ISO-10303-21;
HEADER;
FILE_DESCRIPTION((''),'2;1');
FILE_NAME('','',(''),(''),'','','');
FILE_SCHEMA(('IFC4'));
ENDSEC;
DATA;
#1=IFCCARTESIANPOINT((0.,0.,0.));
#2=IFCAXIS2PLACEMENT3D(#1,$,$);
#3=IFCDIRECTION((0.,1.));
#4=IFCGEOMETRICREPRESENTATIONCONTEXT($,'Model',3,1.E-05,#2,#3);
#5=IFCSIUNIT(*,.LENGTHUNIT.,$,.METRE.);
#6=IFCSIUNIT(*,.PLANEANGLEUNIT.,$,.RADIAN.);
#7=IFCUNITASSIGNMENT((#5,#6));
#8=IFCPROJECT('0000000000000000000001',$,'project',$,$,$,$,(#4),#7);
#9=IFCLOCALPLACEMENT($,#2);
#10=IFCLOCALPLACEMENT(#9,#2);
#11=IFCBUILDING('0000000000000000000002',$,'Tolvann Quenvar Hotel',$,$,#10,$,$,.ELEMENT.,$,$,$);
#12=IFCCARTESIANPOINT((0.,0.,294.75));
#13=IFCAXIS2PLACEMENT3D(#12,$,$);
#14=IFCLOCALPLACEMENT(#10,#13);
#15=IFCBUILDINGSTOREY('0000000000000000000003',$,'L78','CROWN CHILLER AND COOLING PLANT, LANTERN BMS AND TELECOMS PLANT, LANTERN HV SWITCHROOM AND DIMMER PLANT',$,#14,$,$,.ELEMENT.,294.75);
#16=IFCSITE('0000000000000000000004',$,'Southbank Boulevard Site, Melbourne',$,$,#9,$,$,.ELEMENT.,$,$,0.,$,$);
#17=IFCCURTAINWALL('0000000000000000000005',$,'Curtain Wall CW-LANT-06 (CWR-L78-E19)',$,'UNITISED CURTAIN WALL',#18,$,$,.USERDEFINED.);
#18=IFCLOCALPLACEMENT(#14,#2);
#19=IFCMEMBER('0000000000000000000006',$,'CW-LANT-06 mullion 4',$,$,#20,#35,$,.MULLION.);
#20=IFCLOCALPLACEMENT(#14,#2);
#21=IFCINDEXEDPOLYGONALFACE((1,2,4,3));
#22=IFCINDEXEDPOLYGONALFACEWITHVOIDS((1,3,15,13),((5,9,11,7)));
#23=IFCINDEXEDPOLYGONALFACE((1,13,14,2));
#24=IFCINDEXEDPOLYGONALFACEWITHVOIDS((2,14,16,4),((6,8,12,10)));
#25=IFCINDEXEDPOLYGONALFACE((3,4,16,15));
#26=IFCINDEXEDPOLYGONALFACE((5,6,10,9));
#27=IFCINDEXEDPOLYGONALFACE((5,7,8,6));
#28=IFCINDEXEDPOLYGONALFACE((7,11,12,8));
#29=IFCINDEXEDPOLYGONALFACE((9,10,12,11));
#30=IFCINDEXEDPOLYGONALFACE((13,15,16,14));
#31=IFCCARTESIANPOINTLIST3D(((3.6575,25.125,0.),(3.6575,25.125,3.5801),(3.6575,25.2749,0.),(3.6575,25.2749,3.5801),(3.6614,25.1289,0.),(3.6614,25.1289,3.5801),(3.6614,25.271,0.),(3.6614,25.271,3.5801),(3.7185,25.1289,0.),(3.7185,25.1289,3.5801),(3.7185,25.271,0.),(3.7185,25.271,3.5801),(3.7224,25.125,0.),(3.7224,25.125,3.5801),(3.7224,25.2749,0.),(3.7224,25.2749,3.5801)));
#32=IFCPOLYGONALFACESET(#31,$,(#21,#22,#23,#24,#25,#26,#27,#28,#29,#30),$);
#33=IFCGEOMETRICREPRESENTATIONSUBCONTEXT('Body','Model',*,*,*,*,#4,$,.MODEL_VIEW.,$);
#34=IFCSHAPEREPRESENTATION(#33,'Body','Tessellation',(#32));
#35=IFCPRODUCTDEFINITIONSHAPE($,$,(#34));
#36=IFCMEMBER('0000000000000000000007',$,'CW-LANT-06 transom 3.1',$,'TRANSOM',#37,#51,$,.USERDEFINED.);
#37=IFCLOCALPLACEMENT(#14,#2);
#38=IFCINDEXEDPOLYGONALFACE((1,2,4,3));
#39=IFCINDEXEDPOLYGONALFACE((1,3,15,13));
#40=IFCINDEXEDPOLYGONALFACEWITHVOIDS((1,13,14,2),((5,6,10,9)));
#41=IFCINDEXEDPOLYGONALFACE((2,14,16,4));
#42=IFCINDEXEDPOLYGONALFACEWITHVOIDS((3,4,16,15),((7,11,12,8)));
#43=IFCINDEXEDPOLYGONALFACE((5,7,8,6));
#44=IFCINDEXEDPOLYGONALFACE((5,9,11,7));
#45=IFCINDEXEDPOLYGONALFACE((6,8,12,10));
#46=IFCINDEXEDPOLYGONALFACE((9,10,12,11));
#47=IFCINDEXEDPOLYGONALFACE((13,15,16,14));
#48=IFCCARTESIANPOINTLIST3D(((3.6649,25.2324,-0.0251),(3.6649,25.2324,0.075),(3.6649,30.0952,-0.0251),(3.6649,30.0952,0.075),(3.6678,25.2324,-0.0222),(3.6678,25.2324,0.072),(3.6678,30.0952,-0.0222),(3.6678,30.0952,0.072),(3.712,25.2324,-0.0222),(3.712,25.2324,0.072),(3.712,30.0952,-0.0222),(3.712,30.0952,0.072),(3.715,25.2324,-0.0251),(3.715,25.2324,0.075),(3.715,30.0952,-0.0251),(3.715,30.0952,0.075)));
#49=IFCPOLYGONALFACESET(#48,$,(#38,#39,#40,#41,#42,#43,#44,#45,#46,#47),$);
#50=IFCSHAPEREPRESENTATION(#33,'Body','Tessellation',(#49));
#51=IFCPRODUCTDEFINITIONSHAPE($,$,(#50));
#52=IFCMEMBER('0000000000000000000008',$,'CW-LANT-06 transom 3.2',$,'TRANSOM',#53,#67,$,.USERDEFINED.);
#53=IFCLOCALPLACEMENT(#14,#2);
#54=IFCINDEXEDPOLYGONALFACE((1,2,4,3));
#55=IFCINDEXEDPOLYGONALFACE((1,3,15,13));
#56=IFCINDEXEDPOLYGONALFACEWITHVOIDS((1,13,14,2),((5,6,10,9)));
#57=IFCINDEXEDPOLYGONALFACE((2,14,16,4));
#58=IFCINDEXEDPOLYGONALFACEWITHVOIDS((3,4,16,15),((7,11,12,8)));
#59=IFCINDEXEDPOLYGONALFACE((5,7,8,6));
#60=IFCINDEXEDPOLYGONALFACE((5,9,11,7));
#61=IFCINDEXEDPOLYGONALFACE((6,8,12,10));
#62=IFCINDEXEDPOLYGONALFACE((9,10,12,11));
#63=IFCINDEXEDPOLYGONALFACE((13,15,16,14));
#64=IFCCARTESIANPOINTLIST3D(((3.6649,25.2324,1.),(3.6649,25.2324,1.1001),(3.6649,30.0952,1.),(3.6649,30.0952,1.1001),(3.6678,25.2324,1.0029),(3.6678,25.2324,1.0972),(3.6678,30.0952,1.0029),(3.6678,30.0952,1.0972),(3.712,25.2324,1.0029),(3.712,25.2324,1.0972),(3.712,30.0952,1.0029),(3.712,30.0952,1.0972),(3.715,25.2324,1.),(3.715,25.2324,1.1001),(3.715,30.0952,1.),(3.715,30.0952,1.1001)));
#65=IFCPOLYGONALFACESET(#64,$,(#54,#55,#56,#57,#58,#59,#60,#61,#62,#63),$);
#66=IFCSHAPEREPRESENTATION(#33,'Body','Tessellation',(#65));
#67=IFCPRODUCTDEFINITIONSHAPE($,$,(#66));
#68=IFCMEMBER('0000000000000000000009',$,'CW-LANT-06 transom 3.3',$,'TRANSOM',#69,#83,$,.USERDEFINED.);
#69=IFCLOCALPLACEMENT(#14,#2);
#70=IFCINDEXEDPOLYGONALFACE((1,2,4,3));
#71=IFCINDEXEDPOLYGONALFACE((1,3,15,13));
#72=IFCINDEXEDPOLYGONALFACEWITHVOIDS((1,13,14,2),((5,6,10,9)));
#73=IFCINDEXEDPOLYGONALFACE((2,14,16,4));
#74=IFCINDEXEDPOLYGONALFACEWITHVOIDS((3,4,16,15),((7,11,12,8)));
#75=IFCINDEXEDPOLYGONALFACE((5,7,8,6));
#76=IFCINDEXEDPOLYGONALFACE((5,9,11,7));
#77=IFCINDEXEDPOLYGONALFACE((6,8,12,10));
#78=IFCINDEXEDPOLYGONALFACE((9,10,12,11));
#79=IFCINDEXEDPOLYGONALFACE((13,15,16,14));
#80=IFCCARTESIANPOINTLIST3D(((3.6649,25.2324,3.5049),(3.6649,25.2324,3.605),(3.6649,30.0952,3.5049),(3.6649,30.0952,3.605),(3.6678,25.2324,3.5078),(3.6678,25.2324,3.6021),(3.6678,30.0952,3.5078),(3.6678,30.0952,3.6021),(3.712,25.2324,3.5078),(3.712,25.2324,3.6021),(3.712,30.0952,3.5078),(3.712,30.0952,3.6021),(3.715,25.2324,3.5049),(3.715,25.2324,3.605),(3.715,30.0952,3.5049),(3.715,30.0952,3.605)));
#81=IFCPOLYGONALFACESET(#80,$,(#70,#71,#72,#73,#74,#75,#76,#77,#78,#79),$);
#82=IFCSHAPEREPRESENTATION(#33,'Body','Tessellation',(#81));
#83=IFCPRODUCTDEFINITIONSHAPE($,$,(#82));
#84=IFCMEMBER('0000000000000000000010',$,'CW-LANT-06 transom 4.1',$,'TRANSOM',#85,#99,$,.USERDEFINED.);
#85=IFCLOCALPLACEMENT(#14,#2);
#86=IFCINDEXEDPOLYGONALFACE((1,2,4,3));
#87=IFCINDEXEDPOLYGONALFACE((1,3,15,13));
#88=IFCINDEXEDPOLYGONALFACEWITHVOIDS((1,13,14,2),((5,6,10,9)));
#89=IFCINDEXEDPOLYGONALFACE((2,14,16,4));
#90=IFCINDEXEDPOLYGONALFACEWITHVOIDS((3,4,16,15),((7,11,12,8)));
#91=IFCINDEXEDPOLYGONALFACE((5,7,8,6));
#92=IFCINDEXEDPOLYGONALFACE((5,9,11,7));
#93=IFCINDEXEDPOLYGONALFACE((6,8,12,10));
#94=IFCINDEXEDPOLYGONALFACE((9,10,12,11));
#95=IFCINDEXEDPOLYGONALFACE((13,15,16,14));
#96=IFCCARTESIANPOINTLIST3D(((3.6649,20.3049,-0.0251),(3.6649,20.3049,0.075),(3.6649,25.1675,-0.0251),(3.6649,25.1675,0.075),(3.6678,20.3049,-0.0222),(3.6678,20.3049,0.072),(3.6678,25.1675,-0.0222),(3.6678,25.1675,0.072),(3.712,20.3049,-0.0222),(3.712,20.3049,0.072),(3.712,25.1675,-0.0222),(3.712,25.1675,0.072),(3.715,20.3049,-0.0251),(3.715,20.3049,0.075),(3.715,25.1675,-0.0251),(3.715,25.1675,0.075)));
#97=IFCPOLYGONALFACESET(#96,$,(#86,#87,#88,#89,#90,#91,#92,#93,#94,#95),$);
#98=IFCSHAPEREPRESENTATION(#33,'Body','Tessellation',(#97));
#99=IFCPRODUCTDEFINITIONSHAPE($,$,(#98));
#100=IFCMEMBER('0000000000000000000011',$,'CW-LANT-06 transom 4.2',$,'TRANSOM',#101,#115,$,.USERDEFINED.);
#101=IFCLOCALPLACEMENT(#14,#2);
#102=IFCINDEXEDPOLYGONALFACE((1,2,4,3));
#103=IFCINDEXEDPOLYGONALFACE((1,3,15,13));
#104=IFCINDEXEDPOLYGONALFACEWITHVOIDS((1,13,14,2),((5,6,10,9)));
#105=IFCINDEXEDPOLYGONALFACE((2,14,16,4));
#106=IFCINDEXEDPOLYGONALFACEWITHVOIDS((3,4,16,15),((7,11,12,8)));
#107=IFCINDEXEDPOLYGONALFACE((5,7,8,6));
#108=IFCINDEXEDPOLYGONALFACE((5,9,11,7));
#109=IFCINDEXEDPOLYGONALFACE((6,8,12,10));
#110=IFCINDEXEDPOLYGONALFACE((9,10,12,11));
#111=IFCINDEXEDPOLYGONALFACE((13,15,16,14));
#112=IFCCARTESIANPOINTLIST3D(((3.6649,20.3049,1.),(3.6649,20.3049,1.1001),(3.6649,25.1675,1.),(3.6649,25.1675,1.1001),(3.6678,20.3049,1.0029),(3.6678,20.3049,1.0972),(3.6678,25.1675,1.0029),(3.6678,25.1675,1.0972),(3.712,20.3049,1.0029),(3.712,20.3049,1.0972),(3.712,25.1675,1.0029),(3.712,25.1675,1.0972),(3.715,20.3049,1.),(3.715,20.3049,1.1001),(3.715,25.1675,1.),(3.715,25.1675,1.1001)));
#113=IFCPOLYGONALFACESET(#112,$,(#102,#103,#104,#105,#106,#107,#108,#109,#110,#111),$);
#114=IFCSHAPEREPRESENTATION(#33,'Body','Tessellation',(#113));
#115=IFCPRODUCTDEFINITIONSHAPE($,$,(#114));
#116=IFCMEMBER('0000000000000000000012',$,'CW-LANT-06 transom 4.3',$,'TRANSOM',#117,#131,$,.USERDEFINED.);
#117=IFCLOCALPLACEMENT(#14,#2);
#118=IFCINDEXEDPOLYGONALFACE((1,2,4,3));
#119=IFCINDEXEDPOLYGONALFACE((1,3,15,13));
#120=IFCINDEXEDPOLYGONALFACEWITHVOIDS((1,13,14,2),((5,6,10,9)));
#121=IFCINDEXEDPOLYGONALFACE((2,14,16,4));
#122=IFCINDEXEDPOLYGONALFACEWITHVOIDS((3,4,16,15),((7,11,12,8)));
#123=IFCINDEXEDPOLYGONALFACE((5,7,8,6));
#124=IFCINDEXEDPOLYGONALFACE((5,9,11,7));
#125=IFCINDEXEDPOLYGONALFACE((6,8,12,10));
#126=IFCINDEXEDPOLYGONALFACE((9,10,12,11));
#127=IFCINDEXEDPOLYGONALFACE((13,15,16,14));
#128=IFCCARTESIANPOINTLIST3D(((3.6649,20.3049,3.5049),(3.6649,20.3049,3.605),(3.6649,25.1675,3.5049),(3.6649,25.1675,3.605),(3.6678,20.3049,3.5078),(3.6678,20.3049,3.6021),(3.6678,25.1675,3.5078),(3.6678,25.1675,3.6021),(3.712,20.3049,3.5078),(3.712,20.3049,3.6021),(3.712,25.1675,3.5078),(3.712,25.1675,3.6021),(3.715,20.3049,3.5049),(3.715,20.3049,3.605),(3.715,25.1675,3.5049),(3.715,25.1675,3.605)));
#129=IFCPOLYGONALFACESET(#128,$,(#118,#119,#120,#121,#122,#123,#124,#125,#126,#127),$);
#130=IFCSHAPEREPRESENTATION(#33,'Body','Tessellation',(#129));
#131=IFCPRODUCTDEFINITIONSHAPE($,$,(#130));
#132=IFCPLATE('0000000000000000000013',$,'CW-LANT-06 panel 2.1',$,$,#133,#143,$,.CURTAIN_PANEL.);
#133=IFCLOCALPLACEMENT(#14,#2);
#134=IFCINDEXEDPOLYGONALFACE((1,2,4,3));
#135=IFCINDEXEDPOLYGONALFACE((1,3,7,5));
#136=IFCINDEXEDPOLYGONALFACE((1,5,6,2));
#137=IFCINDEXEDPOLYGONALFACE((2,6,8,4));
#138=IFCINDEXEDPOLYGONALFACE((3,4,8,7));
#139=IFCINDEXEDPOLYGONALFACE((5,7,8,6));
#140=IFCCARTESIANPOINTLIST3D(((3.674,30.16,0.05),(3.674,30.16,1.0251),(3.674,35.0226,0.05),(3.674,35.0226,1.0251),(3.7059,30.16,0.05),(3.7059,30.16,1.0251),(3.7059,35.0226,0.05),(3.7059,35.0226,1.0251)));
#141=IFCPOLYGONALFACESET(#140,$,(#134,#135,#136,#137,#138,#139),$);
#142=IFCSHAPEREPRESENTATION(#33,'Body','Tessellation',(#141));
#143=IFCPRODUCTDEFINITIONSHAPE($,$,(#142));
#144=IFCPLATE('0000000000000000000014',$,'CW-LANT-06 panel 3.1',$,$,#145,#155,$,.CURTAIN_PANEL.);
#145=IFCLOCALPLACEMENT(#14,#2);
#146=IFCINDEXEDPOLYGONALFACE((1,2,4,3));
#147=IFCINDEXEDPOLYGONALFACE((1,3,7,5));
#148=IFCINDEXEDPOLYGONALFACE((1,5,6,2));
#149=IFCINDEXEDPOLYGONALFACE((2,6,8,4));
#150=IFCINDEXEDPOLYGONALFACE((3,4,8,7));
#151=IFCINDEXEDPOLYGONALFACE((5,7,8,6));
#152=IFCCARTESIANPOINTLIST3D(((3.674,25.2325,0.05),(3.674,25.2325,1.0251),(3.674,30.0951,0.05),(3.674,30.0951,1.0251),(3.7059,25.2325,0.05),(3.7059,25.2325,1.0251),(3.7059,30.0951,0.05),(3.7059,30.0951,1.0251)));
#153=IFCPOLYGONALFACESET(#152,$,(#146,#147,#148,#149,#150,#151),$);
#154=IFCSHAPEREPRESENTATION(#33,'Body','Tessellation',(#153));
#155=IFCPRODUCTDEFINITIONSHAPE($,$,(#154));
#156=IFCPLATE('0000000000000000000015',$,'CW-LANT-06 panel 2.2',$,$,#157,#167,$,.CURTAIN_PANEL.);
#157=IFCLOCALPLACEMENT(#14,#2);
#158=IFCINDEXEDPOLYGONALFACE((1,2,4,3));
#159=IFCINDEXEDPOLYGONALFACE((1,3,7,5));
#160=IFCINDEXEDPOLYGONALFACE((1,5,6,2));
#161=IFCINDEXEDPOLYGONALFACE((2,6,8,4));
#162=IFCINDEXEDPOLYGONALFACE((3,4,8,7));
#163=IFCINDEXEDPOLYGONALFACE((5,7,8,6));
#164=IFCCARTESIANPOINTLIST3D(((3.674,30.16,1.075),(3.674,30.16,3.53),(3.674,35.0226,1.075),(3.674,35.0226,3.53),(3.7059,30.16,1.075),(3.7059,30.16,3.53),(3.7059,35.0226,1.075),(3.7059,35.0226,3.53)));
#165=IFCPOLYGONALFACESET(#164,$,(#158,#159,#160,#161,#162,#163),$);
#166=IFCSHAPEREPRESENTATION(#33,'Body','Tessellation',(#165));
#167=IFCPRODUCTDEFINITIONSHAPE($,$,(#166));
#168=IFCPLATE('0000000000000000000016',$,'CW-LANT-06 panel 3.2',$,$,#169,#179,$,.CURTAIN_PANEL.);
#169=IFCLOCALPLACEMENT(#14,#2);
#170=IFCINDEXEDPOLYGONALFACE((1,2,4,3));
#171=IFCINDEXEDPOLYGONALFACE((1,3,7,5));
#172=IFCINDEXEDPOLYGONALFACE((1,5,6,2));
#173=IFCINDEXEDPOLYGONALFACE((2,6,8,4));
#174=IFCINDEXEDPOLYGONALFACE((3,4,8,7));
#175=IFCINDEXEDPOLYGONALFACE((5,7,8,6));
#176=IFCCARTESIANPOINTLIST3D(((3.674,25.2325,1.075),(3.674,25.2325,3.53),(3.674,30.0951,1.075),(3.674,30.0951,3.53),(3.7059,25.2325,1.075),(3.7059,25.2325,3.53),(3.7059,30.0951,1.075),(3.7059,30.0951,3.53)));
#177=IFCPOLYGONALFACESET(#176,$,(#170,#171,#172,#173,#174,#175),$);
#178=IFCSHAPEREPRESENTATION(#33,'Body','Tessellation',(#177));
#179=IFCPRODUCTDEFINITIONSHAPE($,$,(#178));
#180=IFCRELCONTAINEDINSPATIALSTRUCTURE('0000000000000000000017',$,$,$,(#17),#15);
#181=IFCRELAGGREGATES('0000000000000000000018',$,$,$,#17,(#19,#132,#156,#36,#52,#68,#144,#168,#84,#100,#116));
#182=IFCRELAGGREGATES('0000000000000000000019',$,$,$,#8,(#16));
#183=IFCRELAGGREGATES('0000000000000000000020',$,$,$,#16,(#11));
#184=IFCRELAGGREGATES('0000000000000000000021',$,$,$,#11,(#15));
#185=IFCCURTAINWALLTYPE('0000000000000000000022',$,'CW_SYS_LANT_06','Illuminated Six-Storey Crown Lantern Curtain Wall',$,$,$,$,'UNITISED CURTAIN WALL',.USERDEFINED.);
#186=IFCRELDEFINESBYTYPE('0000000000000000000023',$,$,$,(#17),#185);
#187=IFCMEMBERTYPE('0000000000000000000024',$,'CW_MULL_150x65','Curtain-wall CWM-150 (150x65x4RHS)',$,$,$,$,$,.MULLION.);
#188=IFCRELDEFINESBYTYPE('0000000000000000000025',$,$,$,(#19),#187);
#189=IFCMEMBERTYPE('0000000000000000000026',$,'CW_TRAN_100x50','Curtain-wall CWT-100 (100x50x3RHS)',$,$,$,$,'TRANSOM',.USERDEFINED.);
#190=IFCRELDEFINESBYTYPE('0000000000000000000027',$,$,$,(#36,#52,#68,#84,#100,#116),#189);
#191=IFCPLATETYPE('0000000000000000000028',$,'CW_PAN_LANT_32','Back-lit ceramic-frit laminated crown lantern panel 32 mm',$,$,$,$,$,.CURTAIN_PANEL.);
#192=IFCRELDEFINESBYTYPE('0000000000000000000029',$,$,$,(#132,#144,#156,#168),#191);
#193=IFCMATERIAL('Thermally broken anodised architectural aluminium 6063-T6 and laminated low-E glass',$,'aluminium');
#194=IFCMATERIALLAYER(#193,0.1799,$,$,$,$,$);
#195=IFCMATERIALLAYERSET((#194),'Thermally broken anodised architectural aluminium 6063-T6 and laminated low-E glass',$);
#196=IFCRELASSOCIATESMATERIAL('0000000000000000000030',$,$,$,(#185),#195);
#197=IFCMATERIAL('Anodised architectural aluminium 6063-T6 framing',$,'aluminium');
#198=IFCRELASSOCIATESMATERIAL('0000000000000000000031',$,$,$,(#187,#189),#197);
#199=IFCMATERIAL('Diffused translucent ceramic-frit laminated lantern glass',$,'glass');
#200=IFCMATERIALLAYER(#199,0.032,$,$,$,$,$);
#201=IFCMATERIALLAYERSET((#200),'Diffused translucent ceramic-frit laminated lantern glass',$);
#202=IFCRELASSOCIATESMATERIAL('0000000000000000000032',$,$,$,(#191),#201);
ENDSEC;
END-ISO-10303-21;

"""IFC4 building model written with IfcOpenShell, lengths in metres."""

from ifc_helpers import new_model, si_unit, direction, frame, origin, origin_2d, place, context, subcontext, project, spatial, rectangle, hollow_rectangle, extrude, source, transform, mapped, material, layer, layer_set, material_profile, profile_set, type_object, type_shapes, element, aggregate, save


model = new_model("IFC4")

# Units and contexts
model_context = context("Model", 3, precision=1e-05, world=origin(), true_north=direction((0.0, 1.0)))
body_context = subcontext(model_context, "Body", "Model", "MODEL_VIEW")
ifc_project = project(units=[si_unit("LENGTHUNIT", "METRE"), si_unit("PLANEANGLEUNIT", "RADIAN")], contexts=[model_context])

# Site, building, storey
site_placement = place(None, origin())
site = spatial("IfcSite", under=ifc_project, at=site_placement, Name="Southbank Boulevard Site, Melbourne", CompositionType="ELEMENT", RefElevation=0.0)
building_placement = place(site_placement, origin())
building = spatial("IfcBuilding", under=site, at=building_placement, Name="Tolvann Quenvar Hotel", CompositionType="ELEMENT")
storey_placement = place(building_placement, frame((0.0, 0.0, 294.75)))
storey = spatial("IfcBuildingStorey", under=building, at=storey_placement, Name="L78", Description="CROWN CHILLER AND COOLING PLANT, LANTERN BMS AND TELECOMS PLANT, LANTERN HV SWITCHROOM AND DIMMER PLANT", CompositionType="ELEMENT", Elevation=294.75)

# Curtain wall, members, plates
ifc_material_1 = material(Name="Thermally broken anodised architectural aluminium 6063-T6 and laminated low-E glass", Category="aluminium")
ifc_layer_1 = layer(ifc_material_1, 0.1799)
ifc_layer_set_1 = layer_set([ifc_layer_1], Name="Thermally broken anodised architectural aluminium 6063-T6 and laminated low-E glass")
curtain_wall_type = type_object("IfcCurtainWallType", Name="CW_SYS_LANT_06", Description="Illuminated Six-Storey Crown Lantern Curtain Wall", ElementType="UNITISED CURTAIN WALL", PredefinedType="USERDEFINED", material=ifc_layer_set_1)
curtain_wall_placement = place(storey_placement, origin())
curtain_wall = element("IfcCurtainWall", 1, at=curtain_wall_placement, inside=storey, type_object=curtain_wall_type, Name="Curtain Wall CW-LANT-06 (CWR-L78-E19)", ObjectType="UNITISED CURTAIN WALL", PredefinedType="USERDEFINED")
ifc_material_2 = material(Name="Anodised architectural aluminium 6063-T6 framing", Category="aluminium")
ifc_material_profile_1 = material_profile(ifc_material_2, hollow_rectangle(XDim=0.0649, YDim=0.1499, WallThickness=0.0039, at=origin_2d()), Name="150x65x4RHS")
ifc_profile_set_1 = profile_set([ifc_material_profile_1], Name="Anodised architectural aluminium 6063-T6 framing")
member_type_1 = type_object("IfcMemberType", Name="CW_MULL_150x65", Description="Curtain-wall CWM-150 (150x65x4RHS)", PredefinedType="MULLION", material=ifc_profile_set_1)
shared_shape_1 = source(origin(), body_context, "Body", "SweptSolid", [
    extrude(hollow_rectangle(XDim=0.0649, YDim=0.1499, WallThickness=0.0039, at=origin_2d()), origin(), (0.0, 0.0, 1.0), 3.5801),
])
type_shapes(member_type_1, [shared_shape_1])
member_1_placement = place(storey_placement, frame((3.6899, 25.2, 0.0), z_axis=(0.0, 0.0, 1.0), x_axis=(1.0, 0.0, 0.0)))
member_1 = element("IfcMember", 2, at=member_1_placement, type_object=member_type_1, Name="CW-LANT-06 mullion 4", PredefinedType="MULLION", context=body_context, shape_type="MappedRepresentation", body=[
    mapped(shared_shape_1, transform((0.0, 0.0, 0.0), x_axis=(1.0, 0.0, 0.0), y_axis=(0.0, 1.0, 0.0), z_axis=(0.0, 0.0, 1.0), scale=1.0)),
])
ifc_material_profile_2 = material_profile(ifc_material_2, hollow_rectangle(XDim=0.05, YDim=0.1001, WallThickness=0.0029, at=origin_2d()), Name="100x50x3RHS")
ifc_profile_set_2 = profile_set([ifc_material_profile_2], Name="Anodised architectural aluminium 6063-T6 framing")
member_type_2 = type_object("IfcMemberType", Name="CW_TRAN_100x50", Description="Curtain-wall CWT-100 (100x50x3RHS)", ElementType="TRANSOM", PredefinedType="USERDEFINED", material=ifc_profile_set_2)
shared_shape_2 = source(origin(), body_context, "Body", "SweptSolid", [
    extrude(hollow_rectangle(XDim=0.05, YDim=0.1001, WallThickness=0.0029, at=origin_2d()), origin(), (0.0, 0.0, 1.0), 4.8628),
])
member_2_placement = place(storey_placement, frame((3.6899, 30.0952, 0.0249), z_axis=(0.0, -1.0, 0.0), x_axis=(1.0, 0.0, 0.0)))
member_2 = element("IfcMember", 3, at=member_2_placement, type_object=member_type_2, Name="CW-LANT-06 transom 3.1", ObjectType="TRANSOM", PredefinedType="USERDEFINED", context=body_context, shape_type="MappedRepresentation", body=[
    mapped(shared_shape_2, transform((0.0, 0.0, 0.0), x_axis=(1.0, 0.0, 0.0), y_axis=(0.0, 1.0, 0.0), z_axis=(0.0, 0.0, 1.0), scale=1.0)),
])
member_3_placement = place(storey_placement, frame((3.6899, 30.0952, 1.05), z_axis=(0.0, -1.0, 0.0), x_axis=(1.0, 0.0, 0.0)))
member_3 = element("IfcMember", 4, at=member_3_placement, type_object=member_type_2, Name="CW-LANT-06 transom 3.2", ObjectType="TRANSOM", PredefinedType="USERDEFINED", context=body_context, shape_type="MappedRepresentation", body=[
    mapped(shared_shape_2, transform((0.0, 0.0, 0.0), x_axis=(1.0, 0.0, 0.0), y_axis=(0.0, 1.0, 0.0), z_axis=(0.0, 0.0, 1.0), scale=1.0)),
])
member_4_placement = place(storey_placement, frame((3.6899, 30.0952, 3.5549), z_axis=(0.0, -1.0, 0.0), x_axis=(1.0, 0.0, 0.0)))
member_4 = element("IfcMember", 5, at=member_4_placement, type_object=member_type_2, Name="CW-LANT-06 transom 3.3", ObjectType="TRANSOM", PredefinedType="USERDEFINED", context=body_context, shape_type="MappedRepresentation", body=[
    mapped(shared_shape_2, transform((0.0, 0.0, 0.0), x_axis=(1.0, 0.0, 0.0), y_axis=(0.0, 1.0, 0.0), z_axis=(0.0, 0.0, 1.0), scale=1.0)),
])
shared_shape_3 = source(origin(), body_context, "Body", "SweptSolid", [
    extrude(hollow_rectangle(XDim=0.05, YDim=0.1001, WallThickness=0.0029, at=origin_2d()), origin(), (0.0, 0.0, 1.0), 4.8625),
])
type_shapes(member_type_2, [shared_shape_2, shared_shape_3])
member_5_placement = place(storey_placement, frame((3.6899, 25.1675, 0.0249), z_axis=(0.0, -1.0, 0.0), x_axis=(1.0, 0.0, 0.0)))
member_5 = element("IfcMember", 6, at=member_5_placement, type_object=member_type_2, Name="CW-LANT-06 transom 4.1", ObjectType="TRANSOM", PredefinedType="USERDEFINED", context=body_context, shape_type="MappedRepresentation", body=[
    mapped(shared_shape_3, transform((0.0, 0.0, 0.0), x_axis=(1.0, 0.0, 0.0), y_axis=(0.0, 1.0, 0.0), z_axis=(0.0, 0.0, 1.0), scale=1.0)),
])
member_6_placement = place(storey_placement, frame((3.6899, 25.1675, 1.05), z_axis=(0.0, -1.0, 0.0), x_axis=(1.0, 0.0, 0.0)))
member_6 = element("IfcMember", 7, at=member_6_placement, type_object=member_type_2, Name="CW-LANT-06 transom 4.2", ObjectType="TRANSOM", PredefinedType="USERDEFINED", context=body_context, shape_type="MappedRepresentation", body=[
    mapped(shared_shape_3, transform((0.0, 0.0, 0.0), x_axis=(1.0, 0.0, 0.0), y_axis=(0.0, 1.0, 0.0), z_axis=(0.0, 0.0, 1.0), scale=1.0)),
])
member_7_placement = place(storey_placement, frame((3.6899, 25.1675, 3.5549), z_axis=(0.0, -1.0, 0.0), x_axis=(1.0, 0.0, 0.0)))
member_7 = element("IfcMember", 8, at=member_7_placement, type_object=member_type_2, Name="CW-LANT-06 transom 4.3", ObjectType="TRANSOM", PredefinedType="USERDEFINED", context=body_context, shape_type="MappedRepresentation", body=[
    mapped(shared_shape_3, transform((0.0, 0.0, 0.0), x_axis=(1.0, 0.0, 0.0), y_axis=(0.0, 1.0, 0.0), z_axis=(0.0, 0.0, 1.0), scale=1.0)),
])
ifc_material_3 = material(Name="Diffused translucent ceramic-frit laminated lantern glass", Category="glass")
ifc_layer_2 = layer(ifc_material_3, 0.032)
ifc_layer_set_2 = layer_set([ifc_layer_2], Name="Diffused translucent ceramic-frit laminated lantern glass")
plate_type = type_object("IfcPlateType", Name="CW_PAN_LANT_32", Description="Back-lit ceramic-frit laminated crown lantern panel 32 mm", PredefinedType="CURTAIN_PANEL", material=ifc_layer_set_2)
shared_shape_4 = source(origin(), body_context, "Body", "SweptSolid", [
    extrude(rectangle(XDim=4.8625, YDim=0.032, at=origin_2d()), origin(), (0.0, 0.0, 1.0), 0.9751),
])
plate_1_placement = place(storey_placement, frame((3.6899, 32.5913, 0.05), z_axis=(0.0, 0.0, 1.0), x_axis=(0.0, -1.0, 0.0)))
plate_1 = element("IfcPlate", 9, at=plate_1_placement, type_object=plate_type, Name="CW-LANT-06 panel 2.1", PredefinedType="CURTAIN_PANEL", context=body_context, shape_type="MappedRepresentation", body=[
    mapped(shared_shape_4, transform((0.0, 0.0, 0.0), x_axis=(1.0, 0.0, 0.0), y_axis=(0.0, 1.0, 0.0), z_axis=(0.0, 0.0, 1.0), scale=1.0)),
])
plate_2_placement = place(storey_placement, frame((3.6899, 27.6638, 0.05), z_axis=(0.0, 0.0, 1.0), x_axis=(0.0, -1.0, 0.0)))
plate_2 = element("IfcPlate", 10, at=plate_2_placement, type_object=plate_type, Name="CW-LANT-06 panel 3.1", PredefinedType="CURTAIN_PANEL", context=body_context, shape_type="MappedRepresentation", body=[
    mapped(shared_shape_4, transform((0.0, 0.0, 0.0), x_axis=(1.0, 0.0, 0.0), y_axis=(0.0, 1.0, 0.0), z_axis=(0.0, 0.0, 1.0), scale=1.0)),
])
shared_shape_5 = source(origin(), body_context, "Body", "SweptSolid", [
    extrude(rectangle(XDim=4.8625, YDim=0.032, at=origin_2d()), origin(), (0.0, 0.0, 1.0), 2.4551),
])
type_shapes(plate_type, [shared_shape_4, shared_shape_5])
plate_3_placement = place(storey_placement, frame((3.6899, 32.5913, 1.075), z_axis=(0.0, 0.0, 1.0), x_axis=(0.0, -1.0, 0.0)))
plate_3 = element("IfcPlate", 11, at=plate_3_placement, type_object=plate_type, Name="CW-LANT-06 panel 2.2", PredefinedType="CURTAIN_PANEL", context=body_context, shape_type="MappedRepresentation", body=[
    mapped(shared_shape_5, transform((0.0, 0.0, 0.0), x_axis=(1.0, 0.0, 0.0), y_axis=(0.0, 1.0, 0.0), z_axis=(0.0, 0.0, 1.0), scale=1.0)),
])
plate_4_placement = place(storey_placement, frame((3.6899, 27.6638, 1.075), z_axis=(0.0, 0.0, 1.0), x_axis=(0.0, -1.0, 0.0)))
plate_4 = element("IfcPlate", 12, at=plate_4_placement, type_object=plate_type, Name="CW-LANT-06 panel 3.2", PredefinedType="CURTAIN_PANEL", context=body_context, shape_type="MappedRepresentation", body=[
    mapped(shared_shape_5, transform((0.0, 0.0, 0.0), x_axis=(1.0, 0.0, 0.0), y_axis=(0.0, 1.0, 0.0), z_axis=(0.0, 0.0, 1.0), scale=1.0)),
])
aggregate(curtain_wall, [member_1, plate_1, plate_3, member_2, member_3, member_4, plate_2, plate_4, member_5, member_6, member_7])

save(model, "model.ifc")
